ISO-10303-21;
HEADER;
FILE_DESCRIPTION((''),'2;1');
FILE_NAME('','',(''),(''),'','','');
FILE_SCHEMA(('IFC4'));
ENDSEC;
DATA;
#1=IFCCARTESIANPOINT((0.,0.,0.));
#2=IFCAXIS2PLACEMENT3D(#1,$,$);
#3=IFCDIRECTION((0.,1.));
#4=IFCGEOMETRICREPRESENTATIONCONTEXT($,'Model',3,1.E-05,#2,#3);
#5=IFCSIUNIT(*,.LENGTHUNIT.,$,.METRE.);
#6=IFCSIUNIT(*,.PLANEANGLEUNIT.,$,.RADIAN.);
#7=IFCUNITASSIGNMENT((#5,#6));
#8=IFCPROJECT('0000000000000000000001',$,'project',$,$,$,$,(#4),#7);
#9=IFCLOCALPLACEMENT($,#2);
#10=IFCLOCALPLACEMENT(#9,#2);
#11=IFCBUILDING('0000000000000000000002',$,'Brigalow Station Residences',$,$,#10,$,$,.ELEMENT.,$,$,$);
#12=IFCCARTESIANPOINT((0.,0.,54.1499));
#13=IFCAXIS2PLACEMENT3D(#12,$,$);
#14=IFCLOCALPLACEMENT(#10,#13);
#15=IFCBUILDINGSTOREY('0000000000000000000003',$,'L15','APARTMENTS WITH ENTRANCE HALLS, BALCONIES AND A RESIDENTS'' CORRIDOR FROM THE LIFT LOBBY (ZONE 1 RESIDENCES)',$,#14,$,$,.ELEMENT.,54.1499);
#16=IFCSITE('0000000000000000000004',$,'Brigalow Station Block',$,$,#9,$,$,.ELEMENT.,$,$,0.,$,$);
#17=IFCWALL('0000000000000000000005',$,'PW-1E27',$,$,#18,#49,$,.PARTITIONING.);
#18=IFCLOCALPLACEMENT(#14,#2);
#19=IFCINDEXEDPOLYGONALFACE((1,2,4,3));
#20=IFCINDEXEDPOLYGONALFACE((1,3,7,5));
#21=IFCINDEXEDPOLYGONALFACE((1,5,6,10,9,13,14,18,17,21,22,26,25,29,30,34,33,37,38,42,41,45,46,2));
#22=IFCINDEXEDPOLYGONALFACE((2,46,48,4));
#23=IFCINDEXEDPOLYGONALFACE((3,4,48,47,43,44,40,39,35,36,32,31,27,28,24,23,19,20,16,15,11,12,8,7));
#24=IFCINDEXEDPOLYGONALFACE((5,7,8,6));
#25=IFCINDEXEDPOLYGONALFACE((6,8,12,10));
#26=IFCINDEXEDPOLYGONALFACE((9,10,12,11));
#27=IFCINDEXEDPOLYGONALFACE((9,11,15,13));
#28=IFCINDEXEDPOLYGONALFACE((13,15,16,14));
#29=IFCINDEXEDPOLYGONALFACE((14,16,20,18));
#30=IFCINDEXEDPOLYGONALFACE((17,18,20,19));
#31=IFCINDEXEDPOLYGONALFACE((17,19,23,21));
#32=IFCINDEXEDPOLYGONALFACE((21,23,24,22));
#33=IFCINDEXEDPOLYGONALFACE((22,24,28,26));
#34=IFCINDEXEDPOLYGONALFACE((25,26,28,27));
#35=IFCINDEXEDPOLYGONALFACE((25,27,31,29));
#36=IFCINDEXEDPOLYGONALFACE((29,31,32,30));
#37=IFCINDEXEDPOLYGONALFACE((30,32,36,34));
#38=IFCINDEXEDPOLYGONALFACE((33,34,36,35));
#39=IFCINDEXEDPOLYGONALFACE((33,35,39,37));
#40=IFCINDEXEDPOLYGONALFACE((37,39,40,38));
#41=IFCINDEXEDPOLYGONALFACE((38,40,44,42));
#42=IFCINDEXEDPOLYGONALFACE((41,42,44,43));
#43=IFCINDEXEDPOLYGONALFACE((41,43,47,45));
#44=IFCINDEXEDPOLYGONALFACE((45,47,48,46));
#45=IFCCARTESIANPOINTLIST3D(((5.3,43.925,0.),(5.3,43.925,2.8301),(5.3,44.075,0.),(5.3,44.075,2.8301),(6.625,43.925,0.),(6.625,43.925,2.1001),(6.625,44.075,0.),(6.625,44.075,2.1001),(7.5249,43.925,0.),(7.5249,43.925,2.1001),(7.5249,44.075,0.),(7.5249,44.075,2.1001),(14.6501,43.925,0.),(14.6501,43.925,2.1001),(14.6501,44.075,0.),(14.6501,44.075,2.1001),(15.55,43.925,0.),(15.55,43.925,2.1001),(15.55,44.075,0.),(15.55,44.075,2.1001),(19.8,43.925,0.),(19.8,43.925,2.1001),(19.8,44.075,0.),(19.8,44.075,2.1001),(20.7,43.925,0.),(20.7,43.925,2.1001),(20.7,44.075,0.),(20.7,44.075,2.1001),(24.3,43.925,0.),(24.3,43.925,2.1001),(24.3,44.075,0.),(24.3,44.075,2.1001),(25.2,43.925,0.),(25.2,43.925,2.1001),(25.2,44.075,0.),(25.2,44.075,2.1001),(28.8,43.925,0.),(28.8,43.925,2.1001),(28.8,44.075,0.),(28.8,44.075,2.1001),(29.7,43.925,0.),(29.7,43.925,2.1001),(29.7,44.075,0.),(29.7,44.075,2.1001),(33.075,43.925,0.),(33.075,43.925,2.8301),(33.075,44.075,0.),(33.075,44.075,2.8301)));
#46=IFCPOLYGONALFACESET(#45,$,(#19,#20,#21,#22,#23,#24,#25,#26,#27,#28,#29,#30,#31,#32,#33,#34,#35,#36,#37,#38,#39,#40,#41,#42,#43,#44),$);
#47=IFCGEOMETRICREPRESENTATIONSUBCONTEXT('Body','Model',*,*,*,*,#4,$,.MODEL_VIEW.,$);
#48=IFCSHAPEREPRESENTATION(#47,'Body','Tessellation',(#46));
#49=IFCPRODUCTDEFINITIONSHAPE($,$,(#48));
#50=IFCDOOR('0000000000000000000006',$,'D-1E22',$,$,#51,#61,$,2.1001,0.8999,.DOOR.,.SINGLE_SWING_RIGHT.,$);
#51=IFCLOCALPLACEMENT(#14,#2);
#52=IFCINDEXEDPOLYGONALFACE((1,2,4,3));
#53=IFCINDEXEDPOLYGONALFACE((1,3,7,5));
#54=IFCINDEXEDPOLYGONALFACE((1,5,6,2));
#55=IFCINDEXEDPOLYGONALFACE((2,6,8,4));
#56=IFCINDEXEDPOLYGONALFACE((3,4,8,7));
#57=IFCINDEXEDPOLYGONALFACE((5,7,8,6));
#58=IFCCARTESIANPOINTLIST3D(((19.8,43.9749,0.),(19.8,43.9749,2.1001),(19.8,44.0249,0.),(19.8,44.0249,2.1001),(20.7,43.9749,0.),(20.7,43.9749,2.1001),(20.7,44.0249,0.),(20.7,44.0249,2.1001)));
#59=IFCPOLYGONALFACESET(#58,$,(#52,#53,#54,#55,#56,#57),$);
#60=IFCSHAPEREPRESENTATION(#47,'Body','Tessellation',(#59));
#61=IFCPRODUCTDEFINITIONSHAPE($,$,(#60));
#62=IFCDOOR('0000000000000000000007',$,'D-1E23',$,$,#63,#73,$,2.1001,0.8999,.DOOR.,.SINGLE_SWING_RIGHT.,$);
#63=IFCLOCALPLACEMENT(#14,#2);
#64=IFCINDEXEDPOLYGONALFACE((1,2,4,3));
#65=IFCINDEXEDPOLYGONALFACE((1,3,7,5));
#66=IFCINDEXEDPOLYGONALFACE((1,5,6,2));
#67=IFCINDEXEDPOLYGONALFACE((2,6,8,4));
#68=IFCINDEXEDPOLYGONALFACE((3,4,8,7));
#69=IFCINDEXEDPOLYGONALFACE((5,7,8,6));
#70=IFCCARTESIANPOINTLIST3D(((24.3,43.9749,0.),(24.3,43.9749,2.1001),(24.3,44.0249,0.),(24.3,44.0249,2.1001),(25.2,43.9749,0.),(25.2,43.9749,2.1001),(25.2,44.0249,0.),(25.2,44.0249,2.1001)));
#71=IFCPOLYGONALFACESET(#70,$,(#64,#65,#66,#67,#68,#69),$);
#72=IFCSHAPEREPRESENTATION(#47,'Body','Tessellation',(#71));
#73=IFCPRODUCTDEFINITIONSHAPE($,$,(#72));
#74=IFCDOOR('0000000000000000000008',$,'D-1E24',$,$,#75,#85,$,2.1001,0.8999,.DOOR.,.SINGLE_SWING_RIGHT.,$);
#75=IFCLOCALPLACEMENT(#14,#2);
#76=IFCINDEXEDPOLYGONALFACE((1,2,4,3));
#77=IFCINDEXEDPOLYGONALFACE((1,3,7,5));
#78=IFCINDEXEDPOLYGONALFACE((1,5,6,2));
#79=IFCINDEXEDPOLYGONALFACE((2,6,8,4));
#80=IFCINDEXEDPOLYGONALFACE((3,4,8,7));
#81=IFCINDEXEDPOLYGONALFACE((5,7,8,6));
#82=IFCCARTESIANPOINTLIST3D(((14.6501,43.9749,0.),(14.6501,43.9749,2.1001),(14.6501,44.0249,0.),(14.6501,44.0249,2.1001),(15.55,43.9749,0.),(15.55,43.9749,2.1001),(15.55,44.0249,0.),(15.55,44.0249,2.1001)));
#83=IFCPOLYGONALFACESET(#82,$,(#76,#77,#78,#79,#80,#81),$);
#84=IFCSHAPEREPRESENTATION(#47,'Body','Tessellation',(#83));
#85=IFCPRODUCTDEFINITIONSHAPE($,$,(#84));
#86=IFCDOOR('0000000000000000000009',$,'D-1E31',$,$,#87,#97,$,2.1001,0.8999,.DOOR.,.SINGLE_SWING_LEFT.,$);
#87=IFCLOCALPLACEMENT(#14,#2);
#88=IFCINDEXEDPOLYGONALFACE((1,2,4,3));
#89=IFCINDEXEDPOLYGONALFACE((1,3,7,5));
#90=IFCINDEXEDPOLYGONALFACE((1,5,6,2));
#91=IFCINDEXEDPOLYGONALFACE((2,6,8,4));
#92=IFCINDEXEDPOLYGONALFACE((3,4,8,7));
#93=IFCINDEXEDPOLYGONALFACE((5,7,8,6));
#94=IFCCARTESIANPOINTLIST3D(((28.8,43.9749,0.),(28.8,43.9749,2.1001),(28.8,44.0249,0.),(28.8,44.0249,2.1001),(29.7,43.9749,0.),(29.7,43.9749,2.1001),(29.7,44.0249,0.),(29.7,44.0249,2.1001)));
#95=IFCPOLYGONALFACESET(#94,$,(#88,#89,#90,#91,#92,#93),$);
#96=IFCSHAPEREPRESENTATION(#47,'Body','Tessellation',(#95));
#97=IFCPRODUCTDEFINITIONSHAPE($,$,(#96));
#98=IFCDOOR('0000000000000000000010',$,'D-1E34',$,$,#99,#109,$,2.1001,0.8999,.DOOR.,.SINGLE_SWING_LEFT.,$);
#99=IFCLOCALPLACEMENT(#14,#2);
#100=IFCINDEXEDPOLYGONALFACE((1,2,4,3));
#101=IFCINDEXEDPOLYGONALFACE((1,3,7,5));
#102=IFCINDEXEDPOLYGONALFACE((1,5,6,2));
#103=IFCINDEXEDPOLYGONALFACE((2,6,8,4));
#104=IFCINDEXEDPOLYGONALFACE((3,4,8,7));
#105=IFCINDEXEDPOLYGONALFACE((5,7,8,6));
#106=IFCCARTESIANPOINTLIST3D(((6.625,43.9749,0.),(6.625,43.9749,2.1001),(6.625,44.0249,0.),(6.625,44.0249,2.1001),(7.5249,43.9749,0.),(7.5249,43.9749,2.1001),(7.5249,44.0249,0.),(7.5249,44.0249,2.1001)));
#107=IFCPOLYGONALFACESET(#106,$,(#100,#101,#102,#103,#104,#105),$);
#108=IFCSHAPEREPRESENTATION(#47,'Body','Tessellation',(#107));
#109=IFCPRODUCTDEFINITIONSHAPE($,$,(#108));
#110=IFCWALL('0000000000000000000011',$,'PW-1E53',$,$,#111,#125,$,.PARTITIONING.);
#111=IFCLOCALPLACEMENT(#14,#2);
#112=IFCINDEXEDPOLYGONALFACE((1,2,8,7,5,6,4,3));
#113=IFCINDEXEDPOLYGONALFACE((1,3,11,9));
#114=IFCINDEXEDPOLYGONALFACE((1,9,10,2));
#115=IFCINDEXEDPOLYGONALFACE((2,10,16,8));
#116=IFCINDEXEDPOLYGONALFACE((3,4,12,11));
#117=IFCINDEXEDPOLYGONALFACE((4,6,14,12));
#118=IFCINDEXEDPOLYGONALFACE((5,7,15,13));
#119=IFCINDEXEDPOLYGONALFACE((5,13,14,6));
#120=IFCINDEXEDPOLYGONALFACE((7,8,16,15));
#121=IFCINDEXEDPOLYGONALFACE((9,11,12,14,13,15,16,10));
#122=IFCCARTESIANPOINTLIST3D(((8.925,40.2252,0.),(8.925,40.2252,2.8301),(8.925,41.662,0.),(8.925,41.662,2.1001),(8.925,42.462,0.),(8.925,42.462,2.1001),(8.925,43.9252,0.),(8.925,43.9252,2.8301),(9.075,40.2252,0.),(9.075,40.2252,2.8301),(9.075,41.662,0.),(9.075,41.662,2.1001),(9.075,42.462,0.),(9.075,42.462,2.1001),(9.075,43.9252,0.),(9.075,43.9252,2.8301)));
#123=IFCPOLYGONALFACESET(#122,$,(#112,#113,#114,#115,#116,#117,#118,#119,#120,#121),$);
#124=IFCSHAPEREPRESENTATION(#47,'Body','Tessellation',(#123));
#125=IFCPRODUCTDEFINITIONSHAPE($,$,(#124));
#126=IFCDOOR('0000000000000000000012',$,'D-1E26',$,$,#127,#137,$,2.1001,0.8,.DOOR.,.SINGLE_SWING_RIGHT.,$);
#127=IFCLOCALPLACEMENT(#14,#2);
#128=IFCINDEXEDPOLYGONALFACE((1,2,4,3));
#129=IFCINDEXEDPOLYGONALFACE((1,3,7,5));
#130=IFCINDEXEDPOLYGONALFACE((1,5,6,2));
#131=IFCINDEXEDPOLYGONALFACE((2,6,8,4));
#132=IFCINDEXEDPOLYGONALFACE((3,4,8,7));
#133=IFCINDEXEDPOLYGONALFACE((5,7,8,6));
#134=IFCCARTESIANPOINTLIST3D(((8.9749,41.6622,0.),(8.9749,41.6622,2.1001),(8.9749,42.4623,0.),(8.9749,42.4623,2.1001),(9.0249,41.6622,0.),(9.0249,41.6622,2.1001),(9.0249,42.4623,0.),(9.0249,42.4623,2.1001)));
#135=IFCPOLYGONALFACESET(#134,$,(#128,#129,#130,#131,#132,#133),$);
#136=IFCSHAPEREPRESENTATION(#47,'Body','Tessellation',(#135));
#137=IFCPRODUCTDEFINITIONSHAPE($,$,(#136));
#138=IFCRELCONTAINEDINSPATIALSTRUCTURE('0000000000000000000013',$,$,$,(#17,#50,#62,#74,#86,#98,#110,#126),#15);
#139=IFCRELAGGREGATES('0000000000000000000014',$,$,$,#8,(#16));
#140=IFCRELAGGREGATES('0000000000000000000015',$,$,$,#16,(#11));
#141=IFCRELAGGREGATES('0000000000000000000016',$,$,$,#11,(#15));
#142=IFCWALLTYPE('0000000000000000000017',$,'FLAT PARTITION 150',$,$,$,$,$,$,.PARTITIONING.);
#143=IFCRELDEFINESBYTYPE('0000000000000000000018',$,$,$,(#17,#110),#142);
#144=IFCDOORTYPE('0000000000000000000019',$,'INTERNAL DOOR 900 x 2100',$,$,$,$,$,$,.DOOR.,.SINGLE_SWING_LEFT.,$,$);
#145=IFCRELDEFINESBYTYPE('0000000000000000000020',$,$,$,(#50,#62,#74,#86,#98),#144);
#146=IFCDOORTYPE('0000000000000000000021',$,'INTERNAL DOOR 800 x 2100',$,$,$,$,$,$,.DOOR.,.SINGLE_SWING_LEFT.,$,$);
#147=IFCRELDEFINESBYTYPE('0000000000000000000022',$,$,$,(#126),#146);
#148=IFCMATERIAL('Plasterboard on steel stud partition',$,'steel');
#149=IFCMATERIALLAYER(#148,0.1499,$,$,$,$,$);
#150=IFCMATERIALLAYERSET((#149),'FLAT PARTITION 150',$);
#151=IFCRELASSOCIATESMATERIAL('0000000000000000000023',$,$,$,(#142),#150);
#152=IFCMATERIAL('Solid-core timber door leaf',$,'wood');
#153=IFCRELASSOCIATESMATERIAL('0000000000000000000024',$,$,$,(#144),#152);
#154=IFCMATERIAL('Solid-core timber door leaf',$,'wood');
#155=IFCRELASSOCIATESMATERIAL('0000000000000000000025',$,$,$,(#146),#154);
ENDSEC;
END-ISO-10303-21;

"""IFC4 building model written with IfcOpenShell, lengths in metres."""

from ifc_helpers import new_model, si_unit, direction, frame, frame_2d, origin, place, context, subcontext, project, spatial, rectangle, extrude, material, layer, layer_set, type_object, element, fill, save


model = new_model("IFC4")

# Units and contexts
model_context = context("Model", 3, precision=1e-05, world=origin(), true_north=direction((0.0, 1.0)))
body_context = subcontext(model_context, "Body", "Model", "MODEL_VIEW")
ifc_project = project(units=[si_unit("LENGTHUNIT", "METRE"), si_unit("PLANEANGLEUNIT", "RADIAN")], contexts=[model_context])

# Site, building, storey
site_placement = place(None, origin())
site = spatial("IfcSite", under=ifc_project, at=site_placement, Name="Brigalow Station Block", CompositionType="ELEMENT", RefElevation=0.0)
building_placement = place(site_placement, origin())
building = spatial("IfcBuilding", under=site, at=building_placement, Name="Brigalow Station Residences", CompositionType="ELEMENT")
storey_placement = place(building_placement, frame((0.0, 0.0, 54.1499)))
storey = spatial("IfcBuildingStorey", under=building, at=storey_placement, Name="L15", Description="APARTMENTS WITH ENTRANCE HALLS, BALCONIES AND A RESIDENTS' CORRIDOR FROM THE LIFT LOBBY (ZONE 1 RESIDENCES)", CompositionType="ELEMENT", Elevation=54.1499)

# Wall, openings, doors
ifc_material_1 = material(Name="Plasterboard on steel stud partition", Category="steel")
ifc_layer_1 = layer(ifc_material_1, 0.1499)
ifc_layer_set_1 = layer_set([ifc_layer_1], Name="FLAT PARTITION 150")
wall_type_1 = type_object("IfcWallType", Name="FLAT PARTITION 150", PredefinedType="PARTITIONING", material=ifc_layer_set_1)
wall_1_placement = place(storey_placement, frame((5.3, 44.0, 0.0), z_axis=(0.0, 0.0, 1.0), x_axis=(1.0, 0.0, 0.0)))
wall_1 = element("IfcWall", 1, at=wall_1_placement, inside=storey, type_object=wall_type_1, Name="PW-1E27", PredefinedType="PARTITIONING", context=body_context, shape_type="SweptSolid", body=[
    extrude(rectangle(XDim=27.7749, YDim=0.1499, at=frame_2d((13.8875, 0.0))), origin(), (0.0, 0.0, 1.0), 2.8301),
])
opening_1_placement = place(wall_1_placement, frame((14.5, 0.0, 0.0)))
opening_1 = element("IfcOpeningElement", 2, at=opening_1_placement, cuts=wall_1, PredefinedType="OPENING", context=body_context, shape_type="SweptSolid", body=[
    extrude(rectangle(XDim=0.8999, YDim=2.1001, at=frame_2d((0.45, 1.05))), frame((0.0, 0.085, 0.0), z_axis=(0.0, -1.0, 0.0), x_axis=(1.0, 0.0, 0.0)), (0.0, 0.0, 1.0), 0.1699),
])
opening_2_placement = place(wall_1_placement, frame((19.0, 0.0, 0.0)))
opening_2 = element("IfcOpeningElement", 3, at=opening_2_placement, cuts=wall_1, PredefinedType="OPENING", context=body_context, shape_type="SweptSolid", body=[
    extrude(rectangle(XDim=0.8999, YDim=2.1001, at=frame_2d((0.45, 1.05))), frame((0.0, 0.085, 0.0), z_axis=(0.0, -1.0, 0.0), x_axis=(1.0, 0.0, 0.0)), (0.0, 0.0, 1.0), 0.1699),
])
opening_3_placement = place(wall_1_placement, frame((9.3501, 0.0, 0.0)))
opening_3 = element("IfcOpeningElement", 4, at=opening_3_placement, cuts=wall_1, PredefinedType="OPENING", context=body_context, shape_type="SweptSolid", body=[
    extrude(rectangle(XDim=0.8999, YDim=2.1001, at=frame_2d((0.45, 1.05))), frame((0.0, 0.085, 0.0), z_axis=(0.0, -1.0, 0.0), x_axis=(1.0, 0.0, 0.0)), (0.0, 0.0, 1.0), 0.1699),
])
opening_4_placement = place(wall_1_placement, frame((23.5, 0.0, 0.0)))
opening_4 = element("IfcOpeningElement", 5, at=opening_4_placement, cuts=wall_1, PredefinedType="OPENING", context=body_context, shape_type="SweptSolid", body=[
    extrude(rectangle(XDim=0.8999, YDim=2.1001, at=frame_2d((0.45, 1.05))), frame((0.0, 0.085, 0.0), z_axis=(0.0, -1.0, 0.0), x_axis=(1.0, 0.0, 0.0)), (0.0, 0.0, 1.0), 0.1699),
])
opening_5_placement = place(wall_1_placement, frame((1.325, 0.0, 0.0)))
opening_5 = element("IfcOpeningElement", 6, at=opening_5_placement, cuts=wall_1, PredefinedType="OPENING", context=body_context, shape_type="SweptSolid", body=[
    extrude(rectangle(XDim=0.8999, YDim=2.1001, at=frame_2d((0.45, 1.05))), frame((0.0, 0.085, 0.0), z_axis=(0.0, -1.0, 0.0), x_axis=(1.0, 0.0, 0.0)), (0.0, 0.0, 1.0), 0.1699),
])
ifc_material_2 = material(Name="Solid-core timber door leaf", Category="wood")
door_type_1 = type_object("IfcDoorType", Name="INTERNAL DOOR 900 x 2100", OperationType="SINGLE_SWING_LEFT", PredefinedType="DOOR", material=ifc_material_2)
door_1_placement = place(opening_1_placement, origin())
door_1 = element("IfcDoor", 7, at=door_1_placement, inside=storey, type_object=door_type_1, Name="D-1E22", OperationType="SINGLE_SWING_RIGHT", OverallHeight=2.1001, OverallWidth=0.8999, PredefinedType="DOOR", context=body_context, shape_type="SweptSolid", body=[
    extrude(rectangle(XDim=0.8999, YDim=2.1001, at=frame_2d((0.45, 1.05))), frame((0.0, 0.0249, 0.0), z_axis=(0.0, -1.0, 0.0), x_axis=(1.0, 0.0, 0.0)), (0.0, 0.0, 1.0), 0.05),
])
fill(opening_1, door_1)
door_2_placement = place(opening_2_placement, origin())
door_2 = element("IfcDoor", 8, at=door_2_placement, inside=storey, type_object=door_type_1, Name="D-1E23", OperationType="SINGLE_SWING_RIGHT", OverallHeight=2.1001, OverallWidth=0.8999, PredefinedType="DOOR", context=body_context, shape_type="SweptSolid", body=[
    extrude(rectangle(XDim=0.8999, YDim=2.1001, at=frame_2d((0.45, 1.05))), frame((0.0, 0.0249, 0.0), z_axis=(0.0, -1.0, 0.0), x_axis=(1.0, 0.0, 0.0)), (0.0, 0.0, 1.0), 0.05),
])
fill(opening_2, door_2)
door_3_placement = place(opening_3_placement, origin())
door_3 = element("IfcDoor", 9, at=door_3_placement, inside=storey, type_object=door_type_1, Name="D-1E24", OperationType="SINGLE_SWING_RIGHT", OverallHeight=2.1001, OverallWidth=0.8999, PredefinedType="DOOR", context=body_context, shape_type="SweptSolid", body=[
    extrude(rectangle(XDim=0.8999, YDim=2.1001, at=frame_2d((0.45, 1.05))), frame((0.0, 0.0249, 0.0), z_axis=(0.0, -1.0, 0.0), x_axis=(1.0, 0.0, 0.0)), (0.0, 0.0, 1.0), 0.05),
])
fill(opening_3, door_3)
door_4_placement = place(opening_4_placement, origin())
door_4 = element("IfcDoor", 10, at=door_4_placement, inside=storey, type_object=door_type_1, Name="D-1E31", OperationType="SINGLE_SWING_LEFT", OverallHeight=2.1001, OverallWidth=0.8999, PredefinedType="DOOR", context=body_context, shape_type="SweptSolid", body=[
    extrude(rectangle(XDim=0.8999, YDim=2.1001, at=frame_2d((0.45, 1.05))), frame((0.0, 0.0249, 0.0), z_axis=(0.0, -1.0, 0.0), x_axis=(1.0, 0.0, 0.0)), (0.0, 0.0, 1.0), 0.05),
])
fill(opening_4, door_4)
door_5_placement = place(opening_5_placement, origin())
door_5 = element("IfcDoor", 11, at=door_5_placement, inside=storey, type_object=door_type_1, Name="D-1E34", OperationType="SINGLE_SWING_LEFT", OverallHeight=2.1001, OverallWidth=0.8999, PredefinedType="DOOR", context=body_context, shape_type="SweptSolid", body=[
    extrude(rectangle(XDim=0.8999, YDim=2.1001, at=frame_2d((0.45, 1.05))), frame((0.0, 0.0249, 0.0), z_axis=(0.0, -1.0, 0.0), x_axis=(1.0, 0.0, 0.0)), (0.0, 0.0, 1.0), 0.05),
])
fill(opening_5, door_5)

# Wall, opening, door
wall_2_placement = place(storey_placement, frame((9.0, 40.2251, 0.0), z_axis=(0.0, 0.0, 1.0), x_axis=(0.0, 1.0, 0.0)))
wall_2 = element("IfcWall", 12, at=wall_2_placement, inside=storey, type_object=wall_type_1, Name="PW-1E53", PredefinedType="PARTITIONING", context=body_context, shape_type="SweptSolid", body=[
    extrude(rectangle(XDim=3.7, YDim=0.1499, at=frame_2d((1.8501, 0.0))), origin(), (0.0, 0.0, 1.0), 2.8301),
])
opening_6_placement = place(wall_2_placement, frame((1.437, 0.0, 0.0)))
opening_6 = element("IfcOpeningElement", 13, at=opening_6_placement, cuts=wall_2, PredefinedType="OPENING", context=body_context, shape_type="SweptSolid", body=[
    extrude(rectangle(XDim=0.8, YDim=2.1001, at=frame_2d((0.3999, 1.05))), frame((0.0, 0.085, 0.0), z_axis=(0.0, -1.0, 0.0), x_axis=(1.0, 0.0, 0.0)), (0.0, 0.0, 1.0), 0.1699),
])
ifc_material_3 = material(Name="Solid-core timber door leaf", Category="wood")
door_type_2 = type_object("IfcDoorType", Name="INTERNAL DOOR 800 x 2100", OperationType="SINGLE_SWING_LEFT", PredefinedType="DOOR", material=ifc_material_3)
door_6_placement = place(opening_6_placement, frame((0.8, 0.0, 0.0), z_axis=(0.0, 0.0, 1.0), x_axis=(-1.0, 0.0, 0.0)))
door_6 = element("IfcDoor", 14, at=door_6_placement, inside=storey, type_object=door_type_2, Name="D-1E26", OperationType="SINGLE_SWING_RIGHT", OverallHeight=2.1001, OverallWidth=0.8, PredefinedType="DOOR", context=body_context, shape_type="SweptSolid", body=[
    extrude(rectangle(XDim=0.8, YDim=2.1001, at=frame_2d((0.3999, 1.05))), frame((0.0, 0.0249, 0.0), z_axis=(0.0, -1.0, 0.0), x_axis=(1.0, 0.0, 0.0)), (0.0, 0.0, 1.0), 0.05),
])
fill(opening_6, door_6)

save(model, "model.ifc")
